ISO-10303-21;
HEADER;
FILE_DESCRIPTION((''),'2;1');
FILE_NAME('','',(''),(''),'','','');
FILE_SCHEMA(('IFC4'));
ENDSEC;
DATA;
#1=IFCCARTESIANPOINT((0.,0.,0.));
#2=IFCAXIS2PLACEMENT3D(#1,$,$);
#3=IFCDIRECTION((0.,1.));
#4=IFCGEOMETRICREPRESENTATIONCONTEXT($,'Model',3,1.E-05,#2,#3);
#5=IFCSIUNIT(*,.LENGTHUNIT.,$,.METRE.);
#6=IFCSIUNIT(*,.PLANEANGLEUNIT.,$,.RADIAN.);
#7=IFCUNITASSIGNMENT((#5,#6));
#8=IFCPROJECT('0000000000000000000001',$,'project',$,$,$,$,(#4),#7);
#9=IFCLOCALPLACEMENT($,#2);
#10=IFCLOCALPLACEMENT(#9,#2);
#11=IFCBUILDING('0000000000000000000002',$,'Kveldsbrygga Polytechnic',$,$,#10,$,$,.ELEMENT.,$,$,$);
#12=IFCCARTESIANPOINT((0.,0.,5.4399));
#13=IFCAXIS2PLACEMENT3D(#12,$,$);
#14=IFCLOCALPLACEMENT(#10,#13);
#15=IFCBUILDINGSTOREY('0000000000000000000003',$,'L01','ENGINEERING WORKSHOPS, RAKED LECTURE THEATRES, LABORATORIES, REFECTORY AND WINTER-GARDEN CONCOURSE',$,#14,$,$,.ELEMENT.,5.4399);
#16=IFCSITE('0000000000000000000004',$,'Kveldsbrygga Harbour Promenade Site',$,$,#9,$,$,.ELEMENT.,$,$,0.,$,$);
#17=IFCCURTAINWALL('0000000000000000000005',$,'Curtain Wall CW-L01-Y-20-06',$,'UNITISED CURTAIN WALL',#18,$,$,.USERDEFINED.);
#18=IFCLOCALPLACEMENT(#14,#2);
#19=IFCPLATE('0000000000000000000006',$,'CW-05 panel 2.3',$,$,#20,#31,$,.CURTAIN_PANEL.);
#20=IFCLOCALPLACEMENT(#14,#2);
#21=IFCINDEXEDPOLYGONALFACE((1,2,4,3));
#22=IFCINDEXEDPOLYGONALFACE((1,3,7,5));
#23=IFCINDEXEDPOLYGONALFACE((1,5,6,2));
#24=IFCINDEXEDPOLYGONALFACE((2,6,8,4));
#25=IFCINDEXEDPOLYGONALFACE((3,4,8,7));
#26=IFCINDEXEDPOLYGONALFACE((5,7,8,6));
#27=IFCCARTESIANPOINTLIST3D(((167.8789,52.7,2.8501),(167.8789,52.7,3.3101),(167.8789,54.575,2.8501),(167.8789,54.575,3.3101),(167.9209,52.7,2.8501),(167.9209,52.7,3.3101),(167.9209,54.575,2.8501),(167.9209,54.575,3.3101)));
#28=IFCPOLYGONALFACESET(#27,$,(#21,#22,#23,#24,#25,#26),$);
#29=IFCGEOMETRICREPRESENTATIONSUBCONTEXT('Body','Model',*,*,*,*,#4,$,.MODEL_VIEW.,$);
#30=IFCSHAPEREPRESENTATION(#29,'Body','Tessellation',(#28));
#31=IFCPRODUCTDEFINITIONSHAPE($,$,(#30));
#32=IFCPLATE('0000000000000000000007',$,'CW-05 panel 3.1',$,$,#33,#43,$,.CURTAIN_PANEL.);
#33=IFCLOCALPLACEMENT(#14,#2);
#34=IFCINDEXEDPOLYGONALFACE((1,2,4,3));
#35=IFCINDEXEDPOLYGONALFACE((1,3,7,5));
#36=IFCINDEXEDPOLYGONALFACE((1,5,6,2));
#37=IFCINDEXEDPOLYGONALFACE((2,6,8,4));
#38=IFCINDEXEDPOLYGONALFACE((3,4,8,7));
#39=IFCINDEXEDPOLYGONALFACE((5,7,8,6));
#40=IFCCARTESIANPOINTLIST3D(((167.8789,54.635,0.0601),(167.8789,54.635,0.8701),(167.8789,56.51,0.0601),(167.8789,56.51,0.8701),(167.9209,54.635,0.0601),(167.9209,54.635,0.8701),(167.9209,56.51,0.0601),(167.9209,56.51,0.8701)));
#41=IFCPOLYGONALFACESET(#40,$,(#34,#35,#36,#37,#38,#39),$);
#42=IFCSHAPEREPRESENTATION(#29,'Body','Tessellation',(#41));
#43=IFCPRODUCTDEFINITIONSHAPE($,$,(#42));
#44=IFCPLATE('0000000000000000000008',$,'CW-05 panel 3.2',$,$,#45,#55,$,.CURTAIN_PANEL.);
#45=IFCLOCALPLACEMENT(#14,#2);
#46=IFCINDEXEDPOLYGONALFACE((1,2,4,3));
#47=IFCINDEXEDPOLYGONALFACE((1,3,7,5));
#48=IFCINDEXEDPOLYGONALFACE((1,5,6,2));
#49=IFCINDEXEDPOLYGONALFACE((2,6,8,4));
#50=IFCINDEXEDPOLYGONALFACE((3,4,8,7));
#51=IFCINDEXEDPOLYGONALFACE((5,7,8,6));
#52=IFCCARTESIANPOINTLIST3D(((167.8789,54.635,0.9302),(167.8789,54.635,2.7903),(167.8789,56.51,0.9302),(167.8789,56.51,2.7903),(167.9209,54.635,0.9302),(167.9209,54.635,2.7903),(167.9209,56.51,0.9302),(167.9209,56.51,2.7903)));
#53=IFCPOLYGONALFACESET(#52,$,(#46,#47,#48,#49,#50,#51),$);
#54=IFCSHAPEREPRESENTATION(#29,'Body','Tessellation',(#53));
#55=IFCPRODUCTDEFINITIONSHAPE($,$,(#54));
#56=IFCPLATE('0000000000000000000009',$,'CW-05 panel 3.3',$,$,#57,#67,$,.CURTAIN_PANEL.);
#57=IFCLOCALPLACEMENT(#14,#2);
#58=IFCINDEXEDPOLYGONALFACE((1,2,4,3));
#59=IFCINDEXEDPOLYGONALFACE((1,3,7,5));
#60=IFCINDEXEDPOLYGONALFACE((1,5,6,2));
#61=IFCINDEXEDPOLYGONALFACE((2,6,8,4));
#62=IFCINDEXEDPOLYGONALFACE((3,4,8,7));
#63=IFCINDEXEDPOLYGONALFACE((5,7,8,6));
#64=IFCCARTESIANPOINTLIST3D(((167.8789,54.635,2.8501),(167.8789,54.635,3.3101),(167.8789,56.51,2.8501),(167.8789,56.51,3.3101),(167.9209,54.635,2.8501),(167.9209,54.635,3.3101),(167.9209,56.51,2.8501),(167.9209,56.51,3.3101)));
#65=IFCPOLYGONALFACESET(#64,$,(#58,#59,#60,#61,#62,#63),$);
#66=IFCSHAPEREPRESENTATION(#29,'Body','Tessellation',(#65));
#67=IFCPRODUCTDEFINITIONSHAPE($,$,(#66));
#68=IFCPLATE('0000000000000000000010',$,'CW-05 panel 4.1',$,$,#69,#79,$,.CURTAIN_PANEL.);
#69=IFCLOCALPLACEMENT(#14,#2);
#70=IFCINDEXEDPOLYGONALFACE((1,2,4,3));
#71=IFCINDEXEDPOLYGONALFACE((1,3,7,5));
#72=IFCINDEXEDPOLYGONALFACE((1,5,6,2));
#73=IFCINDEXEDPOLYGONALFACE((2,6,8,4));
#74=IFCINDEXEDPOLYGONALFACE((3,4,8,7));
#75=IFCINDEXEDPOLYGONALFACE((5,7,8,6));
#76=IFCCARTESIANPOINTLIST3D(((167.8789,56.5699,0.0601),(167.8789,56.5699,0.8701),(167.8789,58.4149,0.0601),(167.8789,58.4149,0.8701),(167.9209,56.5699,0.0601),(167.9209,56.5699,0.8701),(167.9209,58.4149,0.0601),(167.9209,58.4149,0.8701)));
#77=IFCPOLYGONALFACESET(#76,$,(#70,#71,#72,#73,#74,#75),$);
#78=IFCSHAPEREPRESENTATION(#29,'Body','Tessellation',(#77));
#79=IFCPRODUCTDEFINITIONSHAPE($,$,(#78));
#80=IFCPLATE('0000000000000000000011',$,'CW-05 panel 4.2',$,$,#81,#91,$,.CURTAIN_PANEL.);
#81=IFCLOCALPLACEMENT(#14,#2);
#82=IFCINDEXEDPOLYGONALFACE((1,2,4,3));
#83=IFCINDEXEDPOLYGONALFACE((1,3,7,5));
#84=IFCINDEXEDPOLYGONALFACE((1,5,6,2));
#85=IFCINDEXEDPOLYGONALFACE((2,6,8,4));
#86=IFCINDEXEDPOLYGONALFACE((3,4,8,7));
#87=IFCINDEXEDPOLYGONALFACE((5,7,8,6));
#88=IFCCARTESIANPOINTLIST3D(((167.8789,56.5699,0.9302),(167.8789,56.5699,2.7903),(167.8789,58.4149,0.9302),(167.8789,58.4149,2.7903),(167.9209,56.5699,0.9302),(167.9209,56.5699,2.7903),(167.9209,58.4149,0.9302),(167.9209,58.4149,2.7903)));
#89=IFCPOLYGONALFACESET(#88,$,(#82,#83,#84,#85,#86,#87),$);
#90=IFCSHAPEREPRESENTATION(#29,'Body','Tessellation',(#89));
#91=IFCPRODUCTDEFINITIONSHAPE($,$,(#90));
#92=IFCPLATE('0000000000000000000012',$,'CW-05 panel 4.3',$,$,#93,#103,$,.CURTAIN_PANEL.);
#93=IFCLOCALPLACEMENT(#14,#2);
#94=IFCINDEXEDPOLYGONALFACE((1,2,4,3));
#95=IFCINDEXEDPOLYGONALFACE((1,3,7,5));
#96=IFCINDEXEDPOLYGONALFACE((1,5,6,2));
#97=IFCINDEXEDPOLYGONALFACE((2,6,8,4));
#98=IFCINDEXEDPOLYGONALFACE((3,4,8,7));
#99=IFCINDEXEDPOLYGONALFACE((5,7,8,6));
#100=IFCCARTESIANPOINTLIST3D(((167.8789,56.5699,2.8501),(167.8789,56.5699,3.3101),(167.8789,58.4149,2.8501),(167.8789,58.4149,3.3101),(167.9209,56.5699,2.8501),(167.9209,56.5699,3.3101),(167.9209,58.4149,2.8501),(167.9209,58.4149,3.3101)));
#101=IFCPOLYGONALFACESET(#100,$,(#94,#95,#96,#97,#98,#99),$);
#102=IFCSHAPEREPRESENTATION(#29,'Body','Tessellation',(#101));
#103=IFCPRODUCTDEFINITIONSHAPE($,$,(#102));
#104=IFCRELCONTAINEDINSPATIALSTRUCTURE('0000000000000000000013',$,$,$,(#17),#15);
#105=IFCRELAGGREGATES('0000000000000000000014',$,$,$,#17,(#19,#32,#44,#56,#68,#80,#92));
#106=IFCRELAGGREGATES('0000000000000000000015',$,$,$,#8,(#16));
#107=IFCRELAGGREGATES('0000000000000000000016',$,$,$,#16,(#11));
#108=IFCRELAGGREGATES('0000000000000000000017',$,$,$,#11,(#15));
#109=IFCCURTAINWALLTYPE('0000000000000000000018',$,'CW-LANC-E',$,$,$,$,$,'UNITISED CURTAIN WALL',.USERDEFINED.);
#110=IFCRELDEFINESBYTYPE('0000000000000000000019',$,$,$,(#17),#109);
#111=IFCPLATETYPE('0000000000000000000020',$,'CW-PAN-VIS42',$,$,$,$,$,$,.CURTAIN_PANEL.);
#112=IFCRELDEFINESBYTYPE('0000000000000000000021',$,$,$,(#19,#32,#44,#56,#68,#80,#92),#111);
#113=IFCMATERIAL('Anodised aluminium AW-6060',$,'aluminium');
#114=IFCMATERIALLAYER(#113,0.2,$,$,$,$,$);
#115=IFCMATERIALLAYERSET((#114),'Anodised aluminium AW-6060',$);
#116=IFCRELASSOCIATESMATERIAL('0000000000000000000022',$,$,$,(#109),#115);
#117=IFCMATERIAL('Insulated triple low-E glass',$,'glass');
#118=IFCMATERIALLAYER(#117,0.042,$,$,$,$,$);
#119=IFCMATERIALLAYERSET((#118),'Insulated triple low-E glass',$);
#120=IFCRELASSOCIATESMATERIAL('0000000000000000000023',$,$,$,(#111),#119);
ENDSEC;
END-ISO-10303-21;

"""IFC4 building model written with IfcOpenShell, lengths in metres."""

from ifc_helpers import new_model, si_unit, direction, frame, origin, origin_2d, place, context, subcontext, project, spatial, rectangle, extrude, material, layer, layer_set, type_object, element, aggregate, save


model = new_model("IFC4")

# Units and contexts
model_context = context("Model", 3, precision=1e-05, world=origin(), true_north=direction((0.0, 1.0)))
body_context = subcontext(model_context, "Body", "Model", "MODEL_VIEW")
ifc_project = project(units=[si_unit("LENGTHUNIT", "METRE"), si_unit("PLANEANGLEUNIT", "RADIAN")], contexts=[model_context])

# Site, building, storey
site_placement = place(None, origin())
site = spatial("IfcSite", under=ifc_project, at=site_placement, Name="Kveldsbrygga Harbour Promenade Site", CompositionType="ELEMENT", RefElevation=0.0)
building_placement = place(site_placement, origin())
building = spatial("IfcBuilding", under=site, at=building_placement, Name="Kveldsbrygga Polytechnic", CompositionType="ELEMENT")
storey_placement = place(building_placement, frame((0.0, 0.0, 5.4399)))
storey = spatial("IfcBuildingStorey", under=building, at=storey_placement, Name="L01", Description="ENGINEERING WORKSHOPS, RAKED LECTURE THEATRES, LABORATORIES, REFECTORY AND WINTER-GARDEN CONCOURSE", CompositionType="ELEMENT", Elevation=5.4399)

# Curtain wall
ifc_material_1 = material(Name="Anodised aluminium AW-6060", Category="aluminium")
ifc_layer_1 = layer(ifc_material_1, 0.2)
ifc_layer_set_1 = layer_set([ifc_layer_1], Name="Anodised aluminium AW-6060")
curtain_wall_type = type_object("IfcCurtainWallType", Name="CW-LANC-E", ElementType="UNITISED CURTAIN WALL", PredefinedType="USERDEFINED", material=ifc_layer_set_1)
curtain_wall_placement = place(storey_placement, origin())
curtain_wall = element("IfcCurtainWall", 1, at=curtain_wall_placement, inside=storey, type_object=curtain_wall_type, Name="Curtain Wall CW-L01-Y-20-06", ObjectType="UNITISED CURTAIN WALL", PredefinedType="USERDEFINED")

# Plates
ifc_material_2 = material(Name="Insulated triple low-E glass", Category="glass")
ifc_layer_2 = layer(ifc_material_2, 0.042)
ifc_layer_set_2 = layer_set([ifc_layer_2], Name="Insulated triple low-E glass")
plate_type = type_object("IfcPlateType", Name="CW-PAN-VIS42", PredefinedType="CURTAIN_PANEL", material=ifc_layer_set_2)
plate_1_placement = place(storey_placement, frame((167.8999, 53.6375, 2.8501), z_axis=(0.0, 0.0, 1.0), x_axis=(0.0, 1.0, 0.0)))
plate_1 = element("IfcPlate", 2, at=plate_1_placement, type_object=plate_type, Name="CW-05 panel 2.3", PredefinedType="CURTAIN_PANEL", context=body_context, shape_type="SweptSolid", body=[
    extrude(rectangle(XDim=1.875, YDim=0.042, at=origin_2d()), origin(), (0.0, 0.0, 1.0), 0.46),
])
plate_2_placement = place(storey_placement, frame((167.8999, 55.5725, 0.0601), z_axis=(0.0, 0.0, 1.0), x_axis=(0.0, 1.0, 0.0)))
plate_2 = element("IfcPlate", 3, at=plate_2_placement, type_object=plate_type, Name="CW-05 panel 3.1", PredefinedType="CURTAIN_PANEL", context=body_context, shape_type="SweptSolid", body=[
    extrude(rectangle(XDim=1.875, YDim=0.042, at=origin_2d()), origin(), (0.0, 0.0, 1.0), 0.8101),
])
plate_3_placement = place(storey_placement, frame((167.8999, 55.5725, 0.9302), z_axis=(0.0, 0.0, 1.0), x_axis=(0.0, 1.0, 0.0)))
plate_3 = element("IfcPlate", 4, at=plate_3_placement, type_object=plate_type, Name="CW-05 panel 3.2", PredefinedType="CURTAIN_PANEL", context=body_context, shape_type="SweptSolid", body=[
    extrude(rectangle(XDim=1.875, YDim=0.042, at=origin_2d()), origin(), (0.0, 0.0, 1.0), 1.8601),
])
plate_4_placement = place(storey_placement, frame((167.8999, 55.5725, 2.8501), z_axis=(0.0, 0.0, 1.0), x_axis=(0.0, 1.0, 0.0)))
plate_4 = element("IfcPlate", 5, at=plate_4_placement, type_object=plate_type, Name="CW-05 panel 3.3", PredefinedType="CURTAIN_PANEL", context=body_context, shape_type="SweptSolid", body=[
    extrude(rectangle(XDim=1.875, YDim=0.042, at=origin_2d()), origin(), (0.0, 0.0, 1.0), 0.46),
])
plate_5_placement = place(storey_placement, frame((167.8999, 57.4924, 0.0601), z_axis=(0.0, 0.0, 1.0), x_axis=(0.0, 1.0, 0.0)))
plate_5 = element("IfcPlate", 6, at=plate_5_placement, type_object=plate_type, Name="CW-05 panel 4.1", PredefinedType="CURTAIN_PANEL", context=body_context, shape_type="SweptSolid", body=[
    extrude(rectangle(XDim=1.845, YDim=0.042, at=origin_2d()), origin(), (0.0, 0.0, 1.0), 0.8101),
])
plate_6_placement = place(storey_placement, frame((167.8999, 57.4924, 0.9302), z_axis=(0.0, 0.0, 1.0), x_axis=(0.0, 1.0, 0.0)))
plate_6 = element("IfcPlate", 7, at=plate_6_placement, type_object=plate_type, Name="CW-05 panel 4.2", PredefinedType="CURTAIN_PANEL", context=body_context, shape_type="SweptSolid", body=[
    extrude(rectangle(XDim=1.845, YDim=0.042, at=origin_2d()), origin(), (0.0, 0.0, 1.0), 1.8601),
])
plate_7_placement = place(storey_placement, frame((167.8999, 57.4924, 2.8501), z_axis=(0.0, 0.0, 1.0), x_axis=(0.0, 1.0, 0.0)))
plate_7 = element("IfcPlate", 8, at=plate_7_placement, type_object=plate_type, Name="CW-05 panel 4.3", PredefinedType="CURTAIN_PANEL", context=body_context, shape_type="SweptSolid", body=[
    extrude(rectangle(XDim=1.845, YDim=0.042, at=origin_2d()), origin(), (0.0, 0.0, 1.0), 0.46),
])
aggregate(curtain_wall, [plate_1, plate_2, plate_3, plate_4, plate_5, plate_6, plate_7])

save(model, "model.ifc")
